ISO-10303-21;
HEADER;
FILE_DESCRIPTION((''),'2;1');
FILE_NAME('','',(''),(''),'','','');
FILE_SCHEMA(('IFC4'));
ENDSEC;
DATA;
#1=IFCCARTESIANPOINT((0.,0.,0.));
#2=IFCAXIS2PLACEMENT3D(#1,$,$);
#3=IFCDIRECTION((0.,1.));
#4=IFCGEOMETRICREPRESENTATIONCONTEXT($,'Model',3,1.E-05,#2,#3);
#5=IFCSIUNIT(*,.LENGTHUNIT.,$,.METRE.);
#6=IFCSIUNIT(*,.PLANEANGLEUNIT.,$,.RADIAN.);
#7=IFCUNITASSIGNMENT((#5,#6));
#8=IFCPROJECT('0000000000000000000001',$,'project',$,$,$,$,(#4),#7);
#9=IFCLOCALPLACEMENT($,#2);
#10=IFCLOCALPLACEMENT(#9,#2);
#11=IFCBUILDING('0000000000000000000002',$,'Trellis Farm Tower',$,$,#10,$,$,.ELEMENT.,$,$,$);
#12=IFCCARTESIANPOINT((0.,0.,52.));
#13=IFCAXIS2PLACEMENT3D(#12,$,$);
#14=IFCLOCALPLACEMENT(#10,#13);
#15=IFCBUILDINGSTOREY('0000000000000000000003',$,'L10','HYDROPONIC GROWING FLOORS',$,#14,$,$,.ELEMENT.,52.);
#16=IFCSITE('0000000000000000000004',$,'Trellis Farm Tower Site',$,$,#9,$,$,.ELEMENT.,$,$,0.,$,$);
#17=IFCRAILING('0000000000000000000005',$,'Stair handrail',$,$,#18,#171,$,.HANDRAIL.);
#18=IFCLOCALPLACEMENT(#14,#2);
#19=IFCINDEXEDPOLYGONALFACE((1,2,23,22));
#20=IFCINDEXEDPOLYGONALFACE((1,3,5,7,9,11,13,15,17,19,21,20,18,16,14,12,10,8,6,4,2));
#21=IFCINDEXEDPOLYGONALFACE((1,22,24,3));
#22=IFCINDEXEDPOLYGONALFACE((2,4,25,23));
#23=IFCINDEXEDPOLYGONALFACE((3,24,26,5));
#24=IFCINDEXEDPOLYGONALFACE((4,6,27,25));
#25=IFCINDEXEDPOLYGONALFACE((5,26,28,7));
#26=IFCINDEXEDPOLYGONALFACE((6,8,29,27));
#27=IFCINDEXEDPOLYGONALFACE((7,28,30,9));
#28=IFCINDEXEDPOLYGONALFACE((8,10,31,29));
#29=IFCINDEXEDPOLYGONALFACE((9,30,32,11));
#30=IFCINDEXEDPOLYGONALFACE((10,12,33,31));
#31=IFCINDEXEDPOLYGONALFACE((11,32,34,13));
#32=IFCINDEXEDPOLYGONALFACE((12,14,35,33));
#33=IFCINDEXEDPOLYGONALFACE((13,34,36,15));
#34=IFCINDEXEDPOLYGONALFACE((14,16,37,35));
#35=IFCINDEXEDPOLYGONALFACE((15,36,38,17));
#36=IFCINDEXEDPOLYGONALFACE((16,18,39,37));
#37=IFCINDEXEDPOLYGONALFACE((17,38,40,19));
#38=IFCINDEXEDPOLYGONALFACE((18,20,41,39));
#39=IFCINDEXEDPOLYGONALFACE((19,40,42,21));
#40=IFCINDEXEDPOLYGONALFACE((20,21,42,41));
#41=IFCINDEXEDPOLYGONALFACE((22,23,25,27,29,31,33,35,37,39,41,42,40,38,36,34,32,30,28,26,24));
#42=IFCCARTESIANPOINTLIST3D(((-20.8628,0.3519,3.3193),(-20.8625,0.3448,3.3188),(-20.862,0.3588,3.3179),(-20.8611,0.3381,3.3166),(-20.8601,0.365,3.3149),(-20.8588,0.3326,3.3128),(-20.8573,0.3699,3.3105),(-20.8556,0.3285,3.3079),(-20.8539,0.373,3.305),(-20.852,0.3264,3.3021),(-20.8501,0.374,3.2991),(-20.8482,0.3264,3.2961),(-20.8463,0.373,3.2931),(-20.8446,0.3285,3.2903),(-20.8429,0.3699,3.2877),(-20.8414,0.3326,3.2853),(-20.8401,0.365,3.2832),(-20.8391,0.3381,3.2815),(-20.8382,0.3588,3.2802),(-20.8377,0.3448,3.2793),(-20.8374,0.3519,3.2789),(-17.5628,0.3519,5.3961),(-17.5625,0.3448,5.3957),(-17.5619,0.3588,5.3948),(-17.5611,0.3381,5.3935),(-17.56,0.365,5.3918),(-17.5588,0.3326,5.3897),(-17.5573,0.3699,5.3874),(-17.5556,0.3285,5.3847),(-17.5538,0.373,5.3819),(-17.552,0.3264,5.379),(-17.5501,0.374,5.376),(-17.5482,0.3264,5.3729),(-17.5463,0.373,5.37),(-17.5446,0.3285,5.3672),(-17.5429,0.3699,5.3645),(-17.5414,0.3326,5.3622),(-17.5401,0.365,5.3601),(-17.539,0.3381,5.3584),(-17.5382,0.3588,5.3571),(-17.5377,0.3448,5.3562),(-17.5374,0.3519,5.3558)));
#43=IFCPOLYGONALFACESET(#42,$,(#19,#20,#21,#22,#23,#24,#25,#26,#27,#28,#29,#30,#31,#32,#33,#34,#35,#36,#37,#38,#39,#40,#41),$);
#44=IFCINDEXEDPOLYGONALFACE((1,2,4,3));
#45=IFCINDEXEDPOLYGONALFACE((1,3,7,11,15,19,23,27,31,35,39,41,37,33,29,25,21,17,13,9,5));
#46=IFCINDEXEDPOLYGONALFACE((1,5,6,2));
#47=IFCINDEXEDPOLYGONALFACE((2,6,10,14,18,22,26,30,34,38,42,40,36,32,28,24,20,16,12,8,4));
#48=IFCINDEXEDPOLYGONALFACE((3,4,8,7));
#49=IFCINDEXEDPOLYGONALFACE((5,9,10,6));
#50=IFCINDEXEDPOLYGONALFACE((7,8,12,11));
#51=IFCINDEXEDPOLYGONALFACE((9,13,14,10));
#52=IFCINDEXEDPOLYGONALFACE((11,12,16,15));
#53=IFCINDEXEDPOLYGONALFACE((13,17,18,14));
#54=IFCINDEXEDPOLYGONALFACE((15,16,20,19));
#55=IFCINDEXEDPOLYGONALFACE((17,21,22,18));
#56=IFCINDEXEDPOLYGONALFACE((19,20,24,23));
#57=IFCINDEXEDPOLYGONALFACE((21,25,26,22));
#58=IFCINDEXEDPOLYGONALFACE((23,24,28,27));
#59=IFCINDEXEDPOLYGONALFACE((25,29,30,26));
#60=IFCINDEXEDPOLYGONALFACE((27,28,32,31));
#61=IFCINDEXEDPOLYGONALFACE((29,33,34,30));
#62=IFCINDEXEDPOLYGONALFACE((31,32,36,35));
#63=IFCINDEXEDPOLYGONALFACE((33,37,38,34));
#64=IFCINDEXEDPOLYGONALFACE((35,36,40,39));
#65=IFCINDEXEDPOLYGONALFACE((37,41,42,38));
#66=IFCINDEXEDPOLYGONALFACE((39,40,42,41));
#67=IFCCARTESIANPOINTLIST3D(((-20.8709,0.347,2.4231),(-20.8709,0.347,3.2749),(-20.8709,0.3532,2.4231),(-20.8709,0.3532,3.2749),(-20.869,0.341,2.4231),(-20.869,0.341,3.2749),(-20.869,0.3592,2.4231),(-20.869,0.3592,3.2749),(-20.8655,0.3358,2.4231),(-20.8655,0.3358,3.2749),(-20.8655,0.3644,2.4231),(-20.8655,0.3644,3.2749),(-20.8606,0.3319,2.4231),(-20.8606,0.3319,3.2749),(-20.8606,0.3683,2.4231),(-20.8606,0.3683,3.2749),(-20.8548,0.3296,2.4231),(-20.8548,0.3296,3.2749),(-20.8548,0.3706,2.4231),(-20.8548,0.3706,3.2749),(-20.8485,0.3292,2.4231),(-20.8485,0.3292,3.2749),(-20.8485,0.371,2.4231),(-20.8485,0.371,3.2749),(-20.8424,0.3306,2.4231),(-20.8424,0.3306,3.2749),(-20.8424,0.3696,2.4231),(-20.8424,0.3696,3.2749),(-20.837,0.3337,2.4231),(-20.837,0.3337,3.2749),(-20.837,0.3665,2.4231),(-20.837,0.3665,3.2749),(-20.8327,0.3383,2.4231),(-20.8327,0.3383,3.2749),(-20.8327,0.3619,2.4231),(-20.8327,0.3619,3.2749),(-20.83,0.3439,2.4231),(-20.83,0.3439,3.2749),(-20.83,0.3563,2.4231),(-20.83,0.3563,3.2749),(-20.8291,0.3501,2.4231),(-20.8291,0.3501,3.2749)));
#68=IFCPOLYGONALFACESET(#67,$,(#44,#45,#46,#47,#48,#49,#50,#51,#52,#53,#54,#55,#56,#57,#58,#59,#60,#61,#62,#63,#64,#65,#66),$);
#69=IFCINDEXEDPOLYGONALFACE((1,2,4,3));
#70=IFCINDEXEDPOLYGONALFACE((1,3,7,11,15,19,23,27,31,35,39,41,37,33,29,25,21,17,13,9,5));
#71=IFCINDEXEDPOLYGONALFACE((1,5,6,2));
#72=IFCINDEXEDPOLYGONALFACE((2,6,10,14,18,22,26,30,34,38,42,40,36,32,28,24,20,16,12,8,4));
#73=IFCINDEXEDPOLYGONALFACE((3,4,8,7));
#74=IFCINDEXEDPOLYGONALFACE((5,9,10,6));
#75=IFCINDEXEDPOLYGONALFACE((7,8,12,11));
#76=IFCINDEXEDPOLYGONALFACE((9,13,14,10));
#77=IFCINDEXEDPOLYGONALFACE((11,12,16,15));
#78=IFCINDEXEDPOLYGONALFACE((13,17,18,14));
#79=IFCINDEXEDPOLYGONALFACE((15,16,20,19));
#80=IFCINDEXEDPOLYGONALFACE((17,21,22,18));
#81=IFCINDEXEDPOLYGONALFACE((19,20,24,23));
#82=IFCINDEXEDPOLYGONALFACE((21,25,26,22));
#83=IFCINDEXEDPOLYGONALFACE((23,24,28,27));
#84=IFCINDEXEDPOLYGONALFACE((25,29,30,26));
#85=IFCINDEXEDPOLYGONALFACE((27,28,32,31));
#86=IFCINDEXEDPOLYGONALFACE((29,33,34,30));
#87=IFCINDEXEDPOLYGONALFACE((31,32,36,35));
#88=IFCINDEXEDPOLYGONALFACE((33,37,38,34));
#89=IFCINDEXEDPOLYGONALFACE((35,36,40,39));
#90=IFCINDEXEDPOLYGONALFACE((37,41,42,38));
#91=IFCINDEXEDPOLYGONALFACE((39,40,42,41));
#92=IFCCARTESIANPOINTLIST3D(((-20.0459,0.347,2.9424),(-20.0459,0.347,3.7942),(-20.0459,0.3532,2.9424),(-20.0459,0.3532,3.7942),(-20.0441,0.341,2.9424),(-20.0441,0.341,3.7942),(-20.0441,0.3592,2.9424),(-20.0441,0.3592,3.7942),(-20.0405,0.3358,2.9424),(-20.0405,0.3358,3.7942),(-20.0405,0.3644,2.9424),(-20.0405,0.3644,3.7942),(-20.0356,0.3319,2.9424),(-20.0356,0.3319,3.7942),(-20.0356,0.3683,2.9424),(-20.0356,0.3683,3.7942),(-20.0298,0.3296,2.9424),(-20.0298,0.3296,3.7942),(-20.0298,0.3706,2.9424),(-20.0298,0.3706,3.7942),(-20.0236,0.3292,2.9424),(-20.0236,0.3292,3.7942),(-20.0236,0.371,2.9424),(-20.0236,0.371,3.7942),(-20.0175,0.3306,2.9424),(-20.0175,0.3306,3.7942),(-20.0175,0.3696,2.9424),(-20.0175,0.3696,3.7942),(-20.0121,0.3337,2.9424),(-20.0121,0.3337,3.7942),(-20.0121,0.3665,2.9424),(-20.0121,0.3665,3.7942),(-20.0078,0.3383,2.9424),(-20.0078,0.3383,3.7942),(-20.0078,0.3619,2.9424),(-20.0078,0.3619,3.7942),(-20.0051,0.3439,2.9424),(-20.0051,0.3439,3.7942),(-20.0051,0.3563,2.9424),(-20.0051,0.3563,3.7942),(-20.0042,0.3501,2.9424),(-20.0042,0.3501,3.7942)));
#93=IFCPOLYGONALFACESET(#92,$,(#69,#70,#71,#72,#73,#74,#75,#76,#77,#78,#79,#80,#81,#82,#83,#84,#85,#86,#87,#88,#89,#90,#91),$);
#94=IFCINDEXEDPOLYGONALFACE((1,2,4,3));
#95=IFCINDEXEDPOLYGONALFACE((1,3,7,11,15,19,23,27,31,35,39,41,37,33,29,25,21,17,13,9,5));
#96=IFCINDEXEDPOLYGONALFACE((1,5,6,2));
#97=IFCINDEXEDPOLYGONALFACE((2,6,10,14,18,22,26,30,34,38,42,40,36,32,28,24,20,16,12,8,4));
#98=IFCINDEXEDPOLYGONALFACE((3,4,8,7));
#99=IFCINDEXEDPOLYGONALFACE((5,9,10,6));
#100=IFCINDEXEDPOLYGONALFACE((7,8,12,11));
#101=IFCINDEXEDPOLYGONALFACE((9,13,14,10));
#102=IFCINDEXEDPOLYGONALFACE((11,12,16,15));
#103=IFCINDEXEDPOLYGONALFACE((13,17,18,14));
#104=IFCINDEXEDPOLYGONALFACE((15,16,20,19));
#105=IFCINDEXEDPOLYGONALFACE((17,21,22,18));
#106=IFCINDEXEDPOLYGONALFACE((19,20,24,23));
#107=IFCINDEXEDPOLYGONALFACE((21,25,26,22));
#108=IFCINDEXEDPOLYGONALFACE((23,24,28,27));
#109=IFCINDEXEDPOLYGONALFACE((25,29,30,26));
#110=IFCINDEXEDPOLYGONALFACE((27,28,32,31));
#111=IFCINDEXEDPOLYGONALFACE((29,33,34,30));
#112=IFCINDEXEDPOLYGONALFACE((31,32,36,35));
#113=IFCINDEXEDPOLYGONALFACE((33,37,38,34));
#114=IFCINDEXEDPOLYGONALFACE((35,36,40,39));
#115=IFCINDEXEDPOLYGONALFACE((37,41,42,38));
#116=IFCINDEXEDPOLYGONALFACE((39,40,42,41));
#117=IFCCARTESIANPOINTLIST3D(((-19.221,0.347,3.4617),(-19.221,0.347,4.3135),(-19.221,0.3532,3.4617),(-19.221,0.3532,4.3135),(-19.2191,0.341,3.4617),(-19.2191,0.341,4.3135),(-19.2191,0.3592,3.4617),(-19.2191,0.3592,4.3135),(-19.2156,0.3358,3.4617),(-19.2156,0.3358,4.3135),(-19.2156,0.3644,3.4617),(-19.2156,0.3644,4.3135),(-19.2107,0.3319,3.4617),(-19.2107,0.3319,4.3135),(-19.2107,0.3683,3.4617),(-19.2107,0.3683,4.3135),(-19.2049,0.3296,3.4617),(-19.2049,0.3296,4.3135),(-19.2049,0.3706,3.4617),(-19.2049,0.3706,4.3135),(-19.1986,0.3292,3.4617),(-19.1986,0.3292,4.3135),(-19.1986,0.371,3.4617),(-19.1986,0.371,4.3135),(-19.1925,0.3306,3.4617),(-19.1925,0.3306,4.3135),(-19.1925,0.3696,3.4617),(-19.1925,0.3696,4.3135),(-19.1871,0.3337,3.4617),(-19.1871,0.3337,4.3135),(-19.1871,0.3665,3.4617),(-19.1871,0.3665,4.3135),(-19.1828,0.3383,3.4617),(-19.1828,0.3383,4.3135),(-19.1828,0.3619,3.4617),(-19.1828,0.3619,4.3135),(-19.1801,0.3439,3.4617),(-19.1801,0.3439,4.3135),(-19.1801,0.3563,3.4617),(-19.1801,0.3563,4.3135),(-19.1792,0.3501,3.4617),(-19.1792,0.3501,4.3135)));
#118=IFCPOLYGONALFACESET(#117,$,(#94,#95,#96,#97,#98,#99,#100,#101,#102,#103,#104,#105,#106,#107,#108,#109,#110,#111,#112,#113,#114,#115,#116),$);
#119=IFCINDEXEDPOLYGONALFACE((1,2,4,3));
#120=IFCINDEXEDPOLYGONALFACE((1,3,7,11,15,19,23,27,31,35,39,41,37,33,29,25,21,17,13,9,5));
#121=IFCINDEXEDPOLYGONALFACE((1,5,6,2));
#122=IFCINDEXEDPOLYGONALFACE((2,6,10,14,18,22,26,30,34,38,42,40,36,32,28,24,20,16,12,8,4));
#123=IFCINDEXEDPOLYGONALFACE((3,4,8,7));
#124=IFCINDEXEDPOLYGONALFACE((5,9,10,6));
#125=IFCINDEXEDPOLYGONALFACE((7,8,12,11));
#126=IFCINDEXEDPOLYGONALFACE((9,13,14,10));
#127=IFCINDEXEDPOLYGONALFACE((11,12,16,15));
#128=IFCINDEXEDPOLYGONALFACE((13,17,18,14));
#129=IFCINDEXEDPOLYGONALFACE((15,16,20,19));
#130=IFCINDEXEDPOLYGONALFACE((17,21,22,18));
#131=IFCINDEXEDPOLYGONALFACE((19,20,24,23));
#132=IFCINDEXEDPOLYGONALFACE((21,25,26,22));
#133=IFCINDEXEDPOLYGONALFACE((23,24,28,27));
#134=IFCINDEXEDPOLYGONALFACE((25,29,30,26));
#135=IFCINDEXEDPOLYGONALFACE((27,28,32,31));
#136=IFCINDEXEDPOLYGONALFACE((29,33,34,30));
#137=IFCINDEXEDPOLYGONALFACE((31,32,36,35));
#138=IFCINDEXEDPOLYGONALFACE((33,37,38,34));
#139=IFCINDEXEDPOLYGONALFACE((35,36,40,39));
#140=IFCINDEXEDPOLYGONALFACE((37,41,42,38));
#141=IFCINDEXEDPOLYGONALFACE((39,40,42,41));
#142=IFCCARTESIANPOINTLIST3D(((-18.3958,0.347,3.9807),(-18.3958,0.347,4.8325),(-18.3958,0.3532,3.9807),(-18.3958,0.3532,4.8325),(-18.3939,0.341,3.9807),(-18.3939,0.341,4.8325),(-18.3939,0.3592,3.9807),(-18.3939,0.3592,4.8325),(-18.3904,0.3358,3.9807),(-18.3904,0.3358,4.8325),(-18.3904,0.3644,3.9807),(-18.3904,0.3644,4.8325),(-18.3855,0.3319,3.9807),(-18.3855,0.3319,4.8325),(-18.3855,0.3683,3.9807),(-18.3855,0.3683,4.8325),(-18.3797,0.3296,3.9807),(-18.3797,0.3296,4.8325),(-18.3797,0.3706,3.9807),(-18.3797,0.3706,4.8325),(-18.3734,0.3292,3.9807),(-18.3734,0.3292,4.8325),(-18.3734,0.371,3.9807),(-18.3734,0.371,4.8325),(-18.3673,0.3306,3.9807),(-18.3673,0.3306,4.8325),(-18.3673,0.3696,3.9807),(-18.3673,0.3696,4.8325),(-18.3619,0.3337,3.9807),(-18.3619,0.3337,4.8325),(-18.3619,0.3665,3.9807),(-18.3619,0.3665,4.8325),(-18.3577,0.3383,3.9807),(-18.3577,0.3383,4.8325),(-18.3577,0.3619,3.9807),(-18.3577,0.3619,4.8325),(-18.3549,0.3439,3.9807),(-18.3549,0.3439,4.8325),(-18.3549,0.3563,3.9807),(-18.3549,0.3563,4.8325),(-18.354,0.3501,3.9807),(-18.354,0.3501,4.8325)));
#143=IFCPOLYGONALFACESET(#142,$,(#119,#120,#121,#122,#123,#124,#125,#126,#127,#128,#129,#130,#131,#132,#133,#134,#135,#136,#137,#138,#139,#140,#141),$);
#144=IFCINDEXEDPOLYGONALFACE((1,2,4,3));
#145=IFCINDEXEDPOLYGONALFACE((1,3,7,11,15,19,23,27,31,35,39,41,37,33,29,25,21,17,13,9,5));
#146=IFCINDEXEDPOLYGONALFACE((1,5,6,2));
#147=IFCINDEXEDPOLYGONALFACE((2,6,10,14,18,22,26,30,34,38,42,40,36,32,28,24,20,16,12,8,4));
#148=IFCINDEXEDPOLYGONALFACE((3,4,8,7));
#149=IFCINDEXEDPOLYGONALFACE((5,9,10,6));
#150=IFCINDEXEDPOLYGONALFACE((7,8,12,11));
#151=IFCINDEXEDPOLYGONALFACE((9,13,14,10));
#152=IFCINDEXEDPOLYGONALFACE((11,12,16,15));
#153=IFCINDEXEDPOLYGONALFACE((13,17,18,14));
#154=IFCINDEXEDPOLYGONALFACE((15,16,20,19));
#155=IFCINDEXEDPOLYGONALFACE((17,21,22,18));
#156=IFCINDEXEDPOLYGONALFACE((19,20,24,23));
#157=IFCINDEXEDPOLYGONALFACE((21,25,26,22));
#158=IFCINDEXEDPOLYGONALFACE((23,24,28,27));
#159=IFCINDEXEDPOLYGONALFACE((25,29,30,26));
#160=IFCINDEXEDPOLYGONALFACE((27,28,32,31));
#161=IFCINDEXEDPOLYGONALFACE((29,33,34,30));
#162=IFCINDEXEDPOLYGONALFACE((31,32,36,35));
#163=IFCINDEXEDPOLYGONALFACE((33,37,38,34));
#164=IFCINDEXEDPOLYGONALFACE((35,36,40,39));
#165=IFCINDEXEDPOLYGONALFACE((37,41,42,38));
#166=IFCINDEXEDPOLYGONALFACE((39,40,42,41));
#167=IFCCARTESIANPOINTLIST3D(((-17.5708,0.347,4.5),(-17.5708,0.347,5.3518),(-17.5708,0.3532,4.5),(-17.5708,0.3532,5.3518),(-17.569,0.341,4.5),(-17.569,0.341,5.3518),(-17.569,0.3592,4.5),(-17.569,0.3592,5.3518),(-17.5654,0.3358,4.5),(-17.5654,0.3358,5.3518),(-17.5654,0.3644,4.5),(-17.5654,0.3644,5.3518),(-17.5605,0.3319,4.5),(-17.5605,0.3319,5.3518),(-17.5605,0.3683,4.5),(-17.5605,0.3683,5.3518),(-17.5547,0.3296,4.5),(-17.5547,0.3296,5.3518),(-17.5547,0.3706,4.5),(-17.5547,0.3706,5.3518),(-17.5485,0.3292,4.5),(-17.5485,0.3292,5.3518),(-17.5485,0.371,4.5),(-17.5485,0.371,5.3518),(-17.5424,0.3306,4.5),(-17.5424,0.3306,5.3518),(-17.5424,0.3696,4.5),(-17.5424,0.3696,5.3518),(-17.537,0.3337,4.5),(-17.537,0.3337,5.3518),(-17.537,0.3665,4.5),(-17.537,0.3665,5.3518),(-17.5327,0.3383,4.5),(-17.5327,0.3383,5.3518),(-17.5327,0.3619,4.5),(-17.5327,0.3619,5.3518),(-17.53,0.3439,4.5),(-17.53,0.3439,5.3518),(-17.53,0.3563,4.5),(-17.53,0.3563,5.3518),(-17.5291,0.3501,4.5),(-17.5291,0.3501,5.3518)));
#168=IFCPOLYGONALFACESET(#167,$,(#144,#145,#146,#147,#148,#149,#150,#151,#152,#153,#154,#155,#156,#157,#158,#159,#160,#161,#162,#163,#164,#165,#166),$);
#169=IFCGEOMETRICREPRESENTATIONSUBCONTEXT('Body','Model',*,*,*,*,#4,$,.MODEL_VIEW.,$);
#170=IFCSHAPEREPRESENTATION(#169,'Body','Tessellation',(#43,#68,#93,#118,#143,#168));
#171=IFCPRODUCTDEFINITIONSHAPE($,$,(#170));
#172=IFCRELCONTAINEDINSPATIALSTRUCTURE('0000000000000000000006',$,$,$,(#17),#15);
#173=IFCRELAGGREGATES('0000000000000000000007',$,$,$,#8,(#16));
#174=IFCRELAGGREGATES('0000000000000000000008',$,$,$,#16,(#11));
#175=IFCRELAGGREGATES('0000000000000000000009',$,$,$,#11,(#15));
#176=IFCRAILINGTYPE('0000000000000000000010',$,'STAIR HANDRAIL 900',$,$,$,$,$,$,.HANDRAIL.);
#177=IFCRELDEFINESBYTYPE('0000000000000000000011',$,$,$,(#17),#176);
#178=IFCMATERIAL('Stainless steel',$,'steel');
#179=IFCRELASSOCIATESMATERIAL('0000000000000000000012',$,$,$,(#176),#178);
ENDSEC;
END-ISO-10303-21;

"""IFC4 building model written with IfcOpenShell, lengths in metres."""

from ifc_helpers import new_model, si_unit, direction, frame, origin, origin_2d, place, context, subcontext, project, spatial, circle, extrude, source, transform, mapped, material, type_object, element, save


model = new_model("IFC4")

# Units and contexts
model_context = context("Model", 3, precision=1e-05, world=origin(), true_north=direction((0.0, 1.0)))
body_context = subcontext(model_context, "Body", "Model", "MODEL_VIEW")
ifc_project = project(units=[si_unit("LENGTHUNIT", "METRE"), si_unit("PLANEANGLEUNIT", "RADIAN")], contexts=[model_context])

# Site, building, storey
site_placement = place(None, origin())
site = spatial("IfcSite", under=ifc_project, at=site_placement, Name="Trellis Farm Tower Site", CompositionType="ELEMENT", RefElevation=0.0)
building_placement = place(site_placement, origin())
building = spatial("IfcBuilding", under=site, at=building_placement, Name="Trellis Farm Tower", CompositionType="ELEMENT")
storey_placement = place(building_placement, frame((0.0, 0.0, 52.0)))
storey = spatial("IfcBuildingStorey", under=building, at=storey_placement, Name="L10", Description="HYDROPONIC GROWING FLOORS", CompositionType="ELEMENT", Elevation=52.0)

# Shared definitions
ifc_material_1 = material(Name="Stainless steel", Category="steel")

# Railing
railing_type = type_object("IfcRailingType", Name="STAIR HANDRAIL 900", PredefinedType="HANDRAIL", material=ifc_material_1)
shared_shape_1 = source(origin(), body_context, "Body", "SweptSolid", [
    extrude(circle(Radius=0.0239, at=origin_2d()), frame((0.0, 0.0, 0.876), z_axis=(0.846337, 0.0, 0.532647), x_axis=(0.0, 1.0, 0.0)), (0.0, 0.0, 1.0), 3.8992),
    extrude(circle(Radius=0.021, at=origin_2d()), origin(), (0.0, 0.0, 1.0), 0.8518),
    extrude(circle(Radius=0.021, at=origin_2d()), frame((0.825, 0.0, 0.5193)), (0.0, 0.0, 1.0), 0.8518),
    extrude(circle(Radius=0.021, at=origin_2d()), frame((1.6499, 0.0, 1.0386)), (0.0, 0.0, 1.0), 0.8518),
    extrude(circle(Radius=0.021, at=origin_2d()), frame((2.4751, 0.0, 1.5576)), (0.0, 0.0, 1.0), 0.8518),
    extrude(circle(Radius=0.021, at=origin_2d()), frame((3.3, 0.0, 2.0769)), (0.0, 0.0, 1.0), 0.8518),
])
for number, where, name in (
    (1, (-20.8501, 0.3501, 2.4231), "Stair handrail"),
):
    element("IfcRailing", number, at=place(storey_placement, frame(where)), inside=storey, type_object=railing_type, Name=name, PredefinedType="HANDRAIL", context=body_context, shape_type="MappedRepresentation", body=[
        mapped(shared_shape_1, transform((0.0, 0.0, 0.0))),
    ])

save(model, "model.ifc")
